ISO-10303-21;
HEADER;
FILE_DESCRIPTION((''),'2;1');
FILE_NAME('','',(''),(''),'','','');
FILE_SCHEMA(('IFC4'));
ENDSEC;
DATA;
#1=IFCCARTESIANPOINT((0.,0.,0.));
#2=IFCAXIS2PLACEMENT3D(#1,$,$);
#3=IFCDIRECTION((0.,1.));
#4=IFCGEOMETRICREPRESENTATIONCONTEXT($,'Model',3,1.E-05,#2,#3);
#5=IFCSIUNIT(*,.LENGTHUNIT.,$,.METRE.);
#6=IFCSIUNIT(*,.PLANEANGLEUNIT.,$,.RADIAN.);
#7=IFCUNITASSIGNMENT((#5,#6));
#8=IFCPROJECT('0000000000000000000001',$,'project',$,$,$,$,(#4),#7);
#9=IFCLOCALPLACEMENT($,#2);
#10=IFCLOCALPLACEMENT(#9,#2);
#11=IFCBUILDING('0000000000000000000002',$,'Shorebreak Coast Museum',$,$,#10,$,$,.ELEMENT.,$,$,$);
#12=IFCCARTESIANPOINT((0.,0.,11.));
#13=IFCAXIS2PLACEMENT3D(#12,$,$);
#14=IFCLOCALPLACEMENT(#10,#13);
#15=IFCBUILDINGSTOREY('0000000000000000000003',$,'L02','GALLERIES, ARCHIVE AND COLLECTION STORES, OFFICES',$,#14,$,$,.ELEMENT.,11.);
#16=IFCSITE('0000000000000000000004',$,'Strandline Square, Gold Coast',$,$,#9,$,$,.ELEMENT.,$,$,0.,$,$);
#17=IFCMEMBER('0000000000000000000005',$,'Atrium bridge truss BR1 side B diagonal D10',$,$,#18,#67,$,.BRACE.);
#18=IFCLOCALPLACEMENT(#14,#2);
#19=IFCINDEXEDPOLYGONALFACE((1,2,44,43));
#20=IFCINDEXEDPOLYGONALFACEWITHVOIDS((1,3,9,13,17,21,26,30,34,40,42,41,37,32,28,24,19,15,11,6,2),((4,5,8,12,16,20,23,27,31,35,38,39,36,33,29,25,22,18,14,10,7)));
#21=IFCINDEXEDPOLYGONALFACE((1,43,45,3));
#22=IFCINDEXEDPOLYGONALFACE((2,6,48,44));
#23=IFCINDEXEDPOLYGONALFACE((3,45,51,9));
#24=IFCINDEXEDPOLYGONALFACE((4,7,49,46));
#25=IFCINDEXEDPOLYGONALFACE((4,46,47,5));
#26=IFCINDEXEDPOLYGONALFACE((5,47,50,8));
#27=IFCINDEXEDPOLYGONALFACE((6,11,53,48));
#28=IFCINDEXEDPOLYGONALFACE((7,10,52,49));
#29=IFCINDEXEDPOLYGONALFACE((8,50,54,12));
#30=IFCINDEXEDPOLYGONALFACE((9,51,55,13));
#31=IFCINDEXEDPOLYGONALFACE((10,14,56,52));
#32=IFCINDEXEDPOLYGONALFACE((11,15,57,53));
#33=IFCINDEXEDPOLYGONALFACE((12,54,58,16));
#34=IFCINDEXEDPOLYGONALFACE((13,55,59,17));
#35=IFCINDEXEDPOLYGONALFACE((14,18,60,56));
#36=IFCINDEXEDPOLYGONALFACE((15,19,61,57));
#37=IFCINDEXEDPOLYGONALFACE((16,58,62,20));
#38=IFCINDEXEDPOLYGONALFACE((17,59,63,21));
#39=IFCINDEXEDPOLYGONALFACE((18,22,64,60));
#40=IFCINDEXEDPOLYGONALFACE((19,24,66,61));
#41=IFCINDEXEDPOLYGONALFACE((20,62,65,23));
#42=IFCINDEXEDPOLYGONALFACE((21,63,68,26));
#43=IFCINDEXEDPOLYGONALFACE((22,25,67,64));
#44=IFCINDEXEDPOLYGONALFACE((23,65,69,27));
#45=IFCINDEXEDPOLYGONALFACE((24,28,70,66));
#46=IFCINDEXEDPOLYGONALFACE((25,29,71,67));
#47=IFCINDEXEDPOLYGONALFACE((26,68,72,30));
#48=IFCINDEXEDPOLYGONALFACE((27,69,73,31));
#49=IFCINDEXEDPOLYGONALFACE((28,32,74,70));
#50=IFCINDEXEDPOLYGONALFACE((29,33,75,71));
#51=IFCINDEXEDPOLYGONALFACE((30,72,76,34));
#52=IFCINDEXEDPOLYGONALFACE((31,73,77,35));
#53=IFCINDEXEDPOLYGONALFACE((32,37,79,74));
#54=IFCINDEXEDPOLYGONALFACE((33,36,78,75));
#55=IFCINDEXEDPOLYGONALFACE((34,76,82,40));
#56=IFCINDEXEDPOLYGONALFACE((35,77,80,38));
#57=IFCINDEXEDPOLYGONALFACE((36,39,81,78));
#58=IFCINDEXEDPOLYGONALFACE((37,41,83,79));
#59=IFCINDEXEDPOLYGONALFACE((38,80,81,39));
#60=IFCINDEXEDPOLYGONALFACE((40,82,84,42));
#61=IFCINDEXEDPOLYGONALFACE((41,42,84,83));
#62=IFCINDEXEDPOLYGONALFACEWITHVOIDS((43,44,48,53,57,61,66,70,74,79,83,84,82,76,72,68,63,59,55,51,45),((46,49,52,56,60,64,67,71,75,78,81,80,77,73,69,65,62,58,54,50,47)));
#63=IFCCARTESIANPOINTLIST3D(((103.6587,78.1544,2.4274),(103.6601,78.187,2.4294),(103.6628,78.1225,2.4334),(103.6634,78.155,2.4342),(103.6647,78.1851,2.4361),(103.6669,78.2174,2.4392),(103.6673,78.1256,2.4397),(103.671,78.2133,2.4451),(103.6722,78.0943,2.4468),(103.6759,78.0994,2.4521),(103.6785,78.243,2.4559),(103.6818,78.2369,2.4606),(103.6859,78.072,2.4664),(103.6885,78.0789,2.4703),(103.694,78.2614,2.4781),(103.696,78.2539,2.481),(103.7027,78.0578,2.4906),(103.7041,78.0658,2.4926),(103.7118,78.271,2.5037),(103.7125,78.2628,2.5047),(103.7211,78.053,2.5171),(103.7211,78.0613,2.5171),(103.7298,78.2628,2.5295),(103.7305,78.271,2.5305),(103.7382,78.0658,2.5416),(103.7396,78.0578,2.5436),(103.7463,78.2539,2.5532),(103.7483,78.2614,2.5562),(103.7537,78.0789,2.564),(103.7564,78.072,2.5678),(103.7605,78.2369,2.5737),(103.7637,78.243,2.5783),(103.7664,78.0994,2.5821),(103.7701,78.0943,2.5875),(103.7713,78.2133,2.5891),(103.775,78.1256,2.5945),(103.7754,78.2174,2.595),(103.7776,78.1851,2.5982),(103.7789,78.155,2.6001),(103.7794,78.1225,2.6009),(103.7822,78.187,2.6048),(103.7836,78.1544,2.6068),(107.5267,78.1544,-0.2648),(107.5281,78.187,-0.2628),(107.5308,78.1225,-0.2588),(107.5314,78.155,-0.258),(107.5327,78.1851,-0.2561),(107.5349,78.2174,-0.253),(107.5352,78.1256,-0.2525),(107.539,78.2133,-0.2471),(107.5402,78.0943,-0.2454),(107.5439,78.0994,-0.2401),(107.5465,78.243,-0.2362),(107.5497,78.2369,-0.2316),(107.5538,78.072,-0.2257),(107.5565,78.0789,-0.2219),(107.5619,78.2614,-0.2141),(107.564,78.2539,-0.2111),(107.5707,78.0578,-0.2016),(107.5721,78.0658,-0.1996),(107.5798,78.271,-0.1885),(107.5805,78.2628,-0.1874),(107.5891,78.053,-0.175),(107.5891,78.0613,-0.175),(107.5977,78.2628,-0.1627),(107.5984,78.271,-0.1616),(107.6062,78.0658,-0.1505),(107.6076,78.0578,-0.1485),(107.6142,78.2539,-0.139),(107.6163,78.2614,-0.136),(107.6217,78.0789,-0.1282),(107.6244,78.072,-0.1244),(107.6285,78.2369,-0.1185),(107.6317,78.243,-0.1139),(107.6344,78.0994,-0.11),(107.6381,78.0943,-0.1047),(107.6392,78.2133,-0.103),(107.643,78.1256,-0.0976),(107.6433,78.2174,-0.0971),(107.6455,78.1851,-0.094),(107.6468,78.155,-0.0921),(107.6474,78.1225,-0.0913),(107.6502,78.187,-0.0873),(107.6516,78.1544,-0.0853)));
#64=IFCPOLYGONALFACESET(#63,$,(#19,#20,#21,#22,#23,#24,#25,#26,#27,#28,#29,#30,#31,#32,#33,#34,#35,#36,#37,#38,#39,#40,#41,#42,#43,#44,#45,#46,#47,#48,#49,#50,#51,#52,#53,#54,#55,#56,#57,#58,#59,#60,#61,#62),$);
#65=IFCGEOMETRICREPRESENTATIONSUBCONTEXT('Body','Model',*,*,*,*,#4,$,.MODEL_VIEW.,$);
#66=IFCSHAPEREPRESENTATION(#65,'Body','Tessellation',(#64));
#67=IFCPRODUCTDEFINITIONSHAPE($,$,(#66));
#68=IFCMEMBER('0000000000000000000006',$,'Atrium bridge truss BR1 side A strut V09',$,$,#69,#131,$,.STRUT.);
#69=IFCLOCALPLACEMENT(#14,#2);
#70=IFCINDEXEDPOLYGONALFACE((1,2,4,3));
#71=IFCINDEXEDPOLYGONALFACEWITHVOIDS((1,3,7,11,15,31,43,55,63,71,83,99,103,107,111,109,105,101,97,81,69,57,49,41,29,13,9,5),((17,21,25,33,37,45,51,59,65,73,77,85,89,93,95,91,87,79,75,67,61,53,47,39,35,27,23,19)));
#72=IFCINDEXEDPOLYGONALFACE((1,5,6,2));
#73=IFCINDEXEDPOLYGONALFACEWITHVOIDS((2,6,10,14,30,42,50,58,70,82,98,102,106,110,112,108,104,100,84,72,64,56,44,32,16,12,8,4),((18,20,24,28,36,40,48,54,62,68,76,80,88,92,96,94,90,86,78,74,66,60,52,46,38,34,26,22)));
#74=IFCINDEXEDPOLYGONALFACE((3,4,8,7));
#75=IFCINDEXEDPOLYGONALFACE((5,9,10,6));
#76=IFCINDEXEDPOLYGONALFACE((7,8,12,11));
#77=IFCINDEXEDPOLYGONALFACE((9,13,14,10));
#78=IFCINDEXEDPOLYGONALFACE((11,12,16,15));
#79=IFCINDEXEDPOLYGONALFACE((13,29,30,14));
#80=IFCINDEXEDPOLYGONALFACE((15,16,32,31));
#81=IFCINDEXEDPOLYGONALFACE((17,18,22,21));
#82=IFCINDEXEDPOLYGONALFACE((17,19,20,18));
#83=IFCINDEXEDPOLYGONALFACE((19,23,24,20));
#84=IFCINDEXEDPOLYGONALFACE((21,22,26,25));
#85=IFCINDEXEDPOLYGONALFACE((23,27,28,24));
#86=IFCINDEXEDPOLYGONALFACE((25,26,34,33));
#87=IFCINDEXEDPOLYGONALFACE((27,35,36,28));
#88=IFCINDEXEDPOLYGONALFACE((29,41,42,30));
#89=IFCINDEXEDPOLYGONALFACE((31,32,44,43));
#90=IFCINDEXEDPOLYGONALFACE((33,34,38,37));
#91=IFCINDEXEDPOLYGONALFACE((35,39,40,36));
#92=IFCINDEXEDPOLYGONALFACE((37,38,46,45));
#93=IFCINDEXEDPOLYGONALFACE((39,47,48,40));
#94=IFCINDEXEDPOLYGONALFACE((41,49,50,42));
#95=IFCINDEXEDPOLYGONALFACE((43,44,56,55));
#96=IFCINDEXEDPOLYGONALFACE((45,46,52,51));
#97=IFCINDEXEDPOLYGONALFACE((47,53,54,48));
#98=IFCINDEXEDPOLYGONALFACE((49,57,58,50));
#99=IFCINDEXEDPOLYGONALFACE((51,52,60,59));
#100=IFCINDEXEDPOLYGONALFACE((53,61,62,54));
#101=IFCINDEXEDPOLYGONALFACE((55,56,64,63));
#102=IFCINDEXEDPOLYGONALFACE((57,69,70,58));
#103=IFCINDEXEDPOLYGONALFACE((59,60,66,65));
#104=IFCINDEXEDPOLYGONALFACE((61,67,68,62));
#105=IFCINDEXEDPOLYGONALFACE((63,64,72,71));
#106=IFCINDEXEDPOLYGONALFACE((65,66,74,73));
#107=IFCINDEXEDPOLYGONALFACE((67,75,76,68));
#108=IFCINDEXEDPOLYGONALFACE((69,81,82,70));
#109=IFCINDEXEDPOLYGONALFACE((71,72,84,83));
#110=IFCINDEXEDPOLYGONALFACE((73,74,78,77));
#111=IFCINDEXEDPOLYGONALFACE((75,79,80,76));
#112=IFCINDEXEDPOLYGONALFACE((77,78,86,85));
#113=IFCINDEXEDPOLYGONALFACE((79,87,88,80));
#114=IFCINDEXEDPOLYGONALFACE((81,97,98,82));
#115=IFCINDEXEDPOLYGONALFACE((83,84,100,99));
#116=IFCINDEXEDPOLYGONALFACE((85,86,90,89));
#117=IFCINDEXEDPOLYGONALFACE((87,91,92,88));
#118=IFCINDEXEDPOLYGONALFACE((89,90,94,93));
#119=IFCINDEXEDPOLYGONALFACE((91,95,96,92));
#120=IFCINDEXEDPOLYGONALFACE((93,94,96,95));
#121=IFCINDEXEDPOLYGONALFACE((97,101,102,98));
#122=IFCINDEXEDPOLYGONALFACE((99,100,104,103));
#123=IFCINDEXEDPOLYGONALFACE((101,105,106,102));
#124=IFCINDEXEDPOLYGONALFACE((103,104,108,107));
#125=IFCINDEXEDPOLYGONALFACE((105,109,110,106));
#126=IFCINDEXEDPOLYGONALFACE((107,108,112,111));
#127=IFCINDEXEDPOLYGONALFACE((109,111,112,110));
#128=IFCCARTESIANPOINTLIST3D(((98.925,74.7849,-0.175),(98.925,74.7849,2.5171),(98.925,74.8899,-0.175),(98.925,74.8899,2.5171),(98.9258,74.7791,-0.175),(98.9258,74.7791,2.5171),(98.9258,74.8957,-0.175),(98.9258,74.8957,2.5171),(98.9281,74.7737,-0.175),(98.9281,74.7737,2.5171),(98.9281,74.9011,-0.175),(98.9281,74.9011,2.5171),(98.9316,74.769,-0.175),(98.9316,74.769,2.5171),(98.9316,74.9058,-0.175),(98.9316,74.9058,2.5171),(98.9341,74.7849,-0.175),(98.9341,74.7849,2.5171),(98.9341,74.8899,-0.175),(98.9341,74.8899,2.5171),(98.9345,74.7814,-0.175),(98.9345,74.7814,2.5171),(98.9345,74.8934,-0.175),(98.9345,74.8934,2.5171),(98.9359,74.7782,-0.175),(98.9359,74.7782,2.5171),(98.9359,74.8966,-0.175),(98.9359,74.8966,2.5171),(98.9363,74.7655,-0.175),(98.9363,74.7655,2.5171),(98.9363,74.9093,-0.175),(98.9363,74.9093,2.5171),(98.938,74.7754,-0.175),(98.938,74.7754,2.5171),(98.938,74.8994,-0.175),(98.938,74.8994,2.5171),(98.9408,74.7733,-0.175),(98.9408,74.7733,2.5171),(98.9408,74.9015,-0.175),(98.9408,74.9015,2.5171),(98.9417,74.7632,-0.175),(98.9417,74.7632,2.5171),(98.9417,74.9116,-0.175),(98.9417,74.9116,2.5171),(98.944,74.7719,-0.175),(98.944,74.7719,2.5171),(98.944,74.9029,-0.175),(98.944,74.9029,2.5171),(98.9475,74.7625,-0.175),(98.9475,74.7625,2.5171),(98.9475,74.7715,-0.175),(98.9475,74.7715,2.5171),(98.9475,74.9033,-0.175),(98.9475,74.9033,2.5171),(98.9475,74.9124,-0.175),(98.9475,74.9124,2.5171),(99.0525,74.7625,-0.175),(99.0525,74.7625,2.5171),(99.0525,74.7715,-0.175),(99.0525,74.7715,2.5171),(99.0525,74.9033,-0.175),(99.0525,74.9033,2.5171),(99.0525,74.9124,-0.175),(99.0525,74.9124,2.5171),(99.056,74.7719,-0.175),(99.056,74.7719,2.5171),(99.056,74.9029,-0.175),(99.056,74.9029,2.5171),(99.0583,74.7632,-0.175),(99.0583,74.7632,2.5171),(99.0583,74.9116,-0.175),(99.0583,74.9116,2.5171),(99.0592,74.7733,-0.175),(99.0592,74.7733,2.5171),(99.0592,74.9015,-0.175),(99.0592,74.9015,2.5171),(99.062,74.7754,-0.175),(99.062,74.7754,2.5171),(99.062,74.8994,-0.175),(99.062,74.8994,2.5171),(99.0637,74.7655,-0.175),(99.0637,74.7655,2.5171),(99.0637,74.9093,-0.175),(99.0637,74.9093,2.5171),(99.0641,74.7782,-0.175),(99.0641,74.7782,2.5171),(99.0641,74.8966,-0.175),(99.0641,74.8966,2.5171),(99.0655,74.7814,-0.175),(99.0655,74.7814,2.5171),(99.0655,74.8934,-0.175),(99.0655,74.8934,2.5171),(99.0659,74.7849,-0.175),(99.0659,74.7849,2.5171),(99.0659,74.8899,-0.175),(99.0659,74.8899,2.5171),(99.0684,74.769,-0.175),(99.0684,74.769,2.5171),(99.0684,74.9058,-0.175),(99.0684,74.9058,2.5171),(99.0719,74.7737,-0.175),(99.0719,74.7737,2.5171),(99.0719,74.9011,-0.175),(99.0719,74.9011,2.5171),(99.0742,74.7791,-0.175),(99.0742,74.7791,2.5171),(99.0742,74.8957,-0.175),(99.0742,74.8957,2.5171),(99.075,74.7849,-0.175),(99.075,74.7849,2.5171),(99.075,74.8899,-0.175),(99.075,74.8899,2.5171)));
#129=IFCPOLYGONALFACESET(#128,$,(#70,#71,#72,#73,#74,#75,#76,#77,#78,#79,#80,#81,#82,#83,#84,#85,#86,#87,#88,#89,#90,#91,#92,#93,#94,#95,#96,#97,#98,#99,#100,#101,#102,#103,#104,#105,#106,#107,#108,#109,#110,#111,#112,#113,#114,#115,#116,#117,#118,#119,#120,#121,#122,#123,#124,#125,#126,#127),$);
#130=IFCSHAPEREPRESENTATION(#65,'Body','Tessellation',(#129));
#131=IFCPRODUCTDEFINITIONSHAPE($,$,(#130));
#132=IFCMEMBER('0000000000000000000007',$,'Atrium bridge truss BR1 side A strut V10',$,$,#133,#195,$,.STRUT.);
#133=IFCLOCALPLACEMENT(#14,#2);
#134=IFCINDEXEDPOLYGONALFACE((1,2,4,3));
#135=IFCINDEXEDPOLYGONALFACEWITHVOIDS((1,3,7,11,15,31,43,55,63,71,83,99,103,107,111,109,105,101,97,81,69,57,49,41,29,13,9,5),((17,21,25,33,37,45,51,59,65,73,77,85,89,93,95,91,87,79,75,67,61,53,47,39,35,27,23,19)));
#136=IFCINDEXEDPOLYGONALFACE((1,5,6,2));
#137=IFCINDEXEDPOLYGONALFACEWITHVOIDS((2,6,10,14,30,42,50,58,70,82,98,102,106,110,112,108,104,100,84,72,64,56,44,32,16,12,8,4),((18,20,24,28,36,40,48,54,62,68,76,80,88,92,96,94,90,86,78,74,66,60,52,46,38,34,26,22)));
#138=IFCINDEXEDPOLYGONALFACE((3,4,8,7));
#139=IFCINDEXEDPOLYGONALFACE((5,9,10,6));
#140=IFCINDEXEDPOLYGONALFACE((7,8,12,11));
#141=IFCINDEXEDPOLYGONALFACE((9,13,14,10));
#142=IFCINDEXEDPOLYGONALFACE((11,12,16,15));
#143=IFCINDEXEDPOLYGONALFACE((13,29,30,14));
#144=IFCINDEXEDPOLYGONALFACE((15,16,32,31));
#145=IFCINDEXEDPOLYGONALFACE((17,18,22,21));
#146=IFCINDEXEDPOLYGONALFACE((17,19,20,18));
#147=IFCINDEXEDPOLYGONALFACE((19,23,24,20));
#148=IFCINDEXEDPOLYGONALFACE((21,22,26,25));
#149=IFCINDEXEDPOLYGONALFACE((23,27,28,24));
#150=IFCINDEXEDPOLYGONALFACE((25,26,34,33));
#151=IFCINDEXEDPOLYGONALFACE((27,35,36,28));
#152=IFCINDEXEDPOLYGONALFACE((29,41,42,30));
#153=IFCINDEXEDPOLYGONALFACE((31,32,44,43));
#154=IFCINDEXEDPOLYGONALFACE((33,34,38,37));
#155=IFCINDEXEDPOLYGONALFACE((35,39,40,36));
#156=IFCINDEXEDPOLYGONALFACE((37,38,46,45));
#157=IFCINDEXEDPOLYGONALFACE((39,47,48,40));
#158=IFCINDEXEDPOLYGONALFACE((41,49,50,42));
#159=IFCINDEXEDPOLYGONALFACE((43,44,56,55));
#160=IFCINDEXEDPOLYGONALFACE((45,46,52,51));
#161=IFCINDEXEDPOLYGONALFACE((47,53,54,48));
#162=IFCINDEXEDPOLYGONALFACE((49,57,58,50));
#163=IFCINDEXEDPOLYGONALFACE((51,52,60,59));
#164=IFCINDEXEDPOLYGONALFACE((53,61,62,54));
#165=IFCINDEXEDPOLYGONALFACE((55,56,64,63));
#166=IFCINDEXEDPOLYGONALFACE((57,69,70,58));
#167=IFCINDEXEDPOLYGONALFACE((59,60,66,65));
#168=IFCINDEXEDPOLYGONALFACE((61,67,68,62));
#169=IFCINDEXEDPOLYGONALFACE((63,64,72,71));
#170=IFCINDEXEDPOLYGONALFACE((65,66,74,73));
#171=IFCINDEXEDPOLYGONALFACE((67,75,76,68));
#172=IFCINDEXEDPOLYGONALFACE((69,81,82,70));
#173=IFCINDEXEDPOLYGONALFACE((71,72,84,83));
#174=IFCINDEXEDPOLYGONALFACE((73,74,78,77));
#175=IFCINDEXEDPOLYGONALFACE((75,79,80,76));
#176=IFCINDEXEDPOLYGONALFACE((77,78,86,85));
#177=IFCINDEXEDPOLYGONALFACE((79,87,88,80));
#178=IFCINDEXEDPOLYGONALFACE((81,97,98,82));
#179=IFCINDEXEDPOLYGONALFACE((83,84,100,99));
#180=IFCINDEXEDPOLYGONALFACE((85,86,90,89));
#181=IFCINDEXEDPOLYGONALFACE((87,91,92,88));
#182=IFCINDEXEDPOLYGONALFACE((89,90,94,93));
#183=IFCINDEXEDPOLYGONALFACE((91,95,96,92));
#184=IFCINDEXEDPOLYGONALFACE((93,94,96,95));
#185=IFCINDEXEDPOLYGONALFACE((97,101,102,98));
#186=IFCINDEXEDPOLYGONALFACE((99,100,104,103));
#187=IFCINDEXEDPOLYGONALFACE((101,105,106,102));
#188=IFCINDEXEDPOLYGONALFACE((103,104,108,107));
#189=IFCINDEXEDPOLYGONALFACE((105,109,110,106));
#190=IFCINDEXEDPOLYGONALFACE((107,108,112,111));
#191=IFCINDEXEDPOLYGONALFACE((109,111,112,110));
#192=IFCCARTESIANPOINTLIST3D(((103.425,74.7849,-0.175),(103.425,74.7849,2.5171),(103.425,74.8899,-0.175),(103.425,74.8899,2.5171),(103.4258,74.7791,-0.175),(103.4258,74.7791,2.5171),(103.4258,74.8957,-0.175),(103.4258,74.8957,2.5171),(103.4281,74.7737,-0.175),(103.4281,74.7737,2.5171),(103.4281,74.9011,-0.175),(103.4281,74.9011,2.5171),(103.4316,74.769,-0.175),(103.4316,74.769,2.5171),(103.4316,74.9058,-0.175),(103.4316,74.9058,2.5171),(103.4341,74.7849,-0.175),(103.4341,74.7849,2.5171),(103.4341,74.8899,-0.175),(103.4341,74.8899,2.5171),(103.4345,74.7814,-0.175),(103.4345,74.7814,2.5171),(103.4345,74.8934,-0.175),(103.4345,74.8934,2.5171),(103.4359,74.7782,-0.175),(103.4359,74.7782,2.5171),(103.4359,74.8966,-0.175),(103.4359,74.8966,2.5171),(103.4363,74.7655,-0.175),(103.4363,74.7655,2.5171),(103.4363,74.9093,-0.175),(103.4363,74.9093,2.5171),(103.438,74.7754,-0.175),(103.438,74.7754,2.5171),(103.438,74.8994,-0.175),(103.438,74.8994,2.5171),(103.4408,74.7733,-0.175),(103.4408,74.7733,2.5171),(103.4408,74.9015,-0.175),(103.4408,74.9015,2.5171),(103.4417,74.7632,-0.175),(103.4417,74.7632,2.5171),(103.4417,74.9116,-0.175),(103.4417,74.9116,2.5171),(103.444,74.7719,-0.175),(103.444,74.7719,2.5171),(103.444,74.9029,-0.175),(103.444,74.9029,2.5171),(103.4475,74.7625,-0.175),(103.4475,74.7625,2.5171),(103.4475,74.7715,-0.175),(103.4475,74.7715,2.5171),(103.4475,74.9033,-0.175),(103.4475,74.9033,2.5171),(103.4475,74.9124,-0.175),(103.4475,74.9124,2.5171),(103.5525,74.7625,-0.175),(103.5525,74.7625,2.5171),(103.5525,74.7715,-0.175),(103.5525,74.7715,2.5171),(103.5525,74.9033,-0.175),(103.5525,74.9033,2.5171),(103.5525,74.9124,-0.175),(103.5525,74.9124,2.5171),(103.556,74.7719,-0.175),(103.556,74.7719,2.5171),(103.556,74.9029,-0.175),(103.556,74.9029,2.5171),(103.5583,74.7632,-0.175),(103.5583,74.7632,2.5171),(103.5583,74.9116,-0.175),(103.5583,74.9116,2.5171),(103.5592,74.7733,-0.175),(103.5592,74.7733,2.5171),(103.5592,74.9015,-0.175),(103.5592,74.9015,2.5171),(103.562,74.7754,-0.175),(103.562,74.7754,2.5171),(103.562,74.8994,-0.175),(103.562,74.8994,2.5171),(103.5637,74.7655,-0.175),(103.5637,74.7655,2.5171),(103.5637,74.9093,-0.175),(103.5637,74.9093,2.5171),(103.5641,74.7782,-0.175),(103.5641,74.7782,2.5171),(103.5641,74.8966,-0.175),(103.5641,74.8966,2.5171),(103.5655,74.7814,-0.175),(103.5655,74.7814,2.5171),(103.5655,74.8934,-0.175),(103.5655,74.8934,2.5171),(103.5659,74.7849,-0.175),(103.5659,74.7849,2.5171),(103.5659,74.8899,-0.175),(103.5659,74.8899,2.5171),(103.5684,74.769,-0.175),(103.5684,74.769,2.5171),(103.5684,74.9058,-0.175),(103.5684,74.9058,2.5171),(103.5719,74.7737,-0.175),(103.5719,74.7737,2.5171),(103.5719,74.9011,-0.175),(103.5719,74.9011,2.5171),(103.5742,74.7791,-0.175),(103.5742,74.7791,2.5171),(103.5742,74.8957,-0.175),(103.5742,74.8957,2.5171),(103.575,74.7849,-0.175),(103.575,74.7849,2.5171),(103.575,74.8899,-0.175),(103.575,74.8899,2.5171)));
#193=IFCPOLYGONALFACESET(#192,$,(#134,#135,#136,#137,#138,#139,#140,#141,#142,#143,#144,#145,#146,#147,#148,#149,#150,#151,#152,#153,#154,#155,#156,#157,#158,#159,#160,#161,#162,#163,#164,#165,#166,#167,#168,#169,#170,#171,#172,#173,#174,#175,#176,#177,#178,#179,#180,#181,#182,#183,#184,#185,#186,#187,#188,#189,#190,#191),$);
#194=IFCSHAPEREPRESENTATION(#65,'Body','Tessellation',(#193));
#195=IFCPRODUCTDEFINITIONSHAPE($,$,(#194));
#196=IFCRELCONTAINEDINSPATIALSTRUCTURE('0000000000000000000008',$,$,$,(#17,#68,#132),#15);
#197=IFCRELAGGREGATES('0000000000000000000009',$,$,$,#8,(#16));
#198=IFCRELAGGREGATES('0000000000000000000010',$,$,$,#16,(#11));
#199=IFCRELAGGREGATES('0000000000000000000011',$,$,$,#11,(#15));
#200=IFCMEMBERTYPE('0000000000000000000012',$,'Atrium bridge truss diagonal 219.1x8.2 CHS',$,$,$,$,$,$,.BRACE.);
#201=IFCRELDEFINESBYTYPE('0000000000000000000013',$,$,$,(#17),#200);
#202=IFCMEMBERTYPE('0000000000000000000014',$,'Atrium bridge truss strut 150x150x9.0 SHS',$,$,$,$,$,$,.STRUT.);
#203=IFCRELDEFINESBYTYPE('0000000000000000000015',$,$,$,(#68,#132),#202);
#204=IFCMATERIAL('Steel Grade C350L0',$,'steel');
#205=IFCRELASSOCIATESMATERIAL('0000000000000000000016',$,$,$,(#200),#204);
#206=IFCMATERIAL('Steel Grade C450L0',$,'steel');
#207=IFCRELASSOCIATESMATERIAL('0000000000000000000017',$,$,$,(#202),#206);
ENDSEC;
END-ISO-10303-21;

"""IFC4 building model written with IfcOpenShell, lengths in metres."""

from ifc_helpers import new_model, si_unit, direction, frame, origin, origin_2d, place, context, subcontext, project, spatial, hollow_rectangle, hollow_circle, extrude, material, material_profile, profile_set, type_object, element, save


model = new_model("IFC4")

# Units and contexts
model_context = context("Model", 3, precision=1e-05, world=origin(), true_north=direction((0.0, 1.0)))
body_context = subcontext(model_context, "Body", "Model", "MODEL_VIEW")
ifc_project = project(units=[si_unit("LENGTHUNIT", "METRE"), si_unit("PLANEANGLEUNIT", "RADIAN")], contexts=[model_context])

# Site, building, storey
site_placement = place(None, origin())
site = spatial("IfcSite", under=ifc_project, at=site_placement, Name="Strandline Square, Gold Coast", CompositionType="ELEMENT", RefElevation=0.0)
building_placement = place(site_placement, origin())
building = spatial("IfcBuilding", under=site, at=building_placement, Name="Shorebreak Coast Museum", CompositionType="ELEMENT")
storey_placement = place(building_placement, frame((0.0, 0.0, 11.0)))
storey = spatial("IfcBuildingStorey", under=building, at=storey_placement, Name="L02", Description="GALLERIES, ARCHIVE AND COLLECTION STORES, OFFICES", CompositionType="ELEMENT", Elevation=11.0)

# Members
ifc_material_1 = material(Name="Steel Grade C350L0", Category="steel")
ifc_material_profile_1 = material_profile(ifc_material_1, hollow_circle(Radius=0.1096, WallThickness=0.0083, at=origin_2d()), Name="219.1x8.2 CHS")
ifc_profile_set_1 = profile_set([ifc_material_profile_1], Name="Steel Grade C350L0")
member_type_1 = type_object("IfcMemberType", Name="Atrium bridge truss diagonal 219.1x8.2 CHS", PredefinedType="BRACE", material=ifc_profile_set_1)
member_1_placement = place(storey_placement, frame((107.5891, 78.1626, -0.175), z_axis=(-0.820765, 0.0, 0.571266), x_axis=(0.0, -1.0, 0.0)))
element("IfcMember", 1, at=member_1_placement, inside=storey, type_object=member_type_1, Name="Atrium bridge truss BR1 side B diagonal D10", PredefinedType="BRACE", context=body_context, shape_type="SweptSolid", body=[
    extrude(hollow_circle(Radius=0.1096, WallThickness=0.0083, at=origin_2d()), origin(), (0.0, 0.0, 1.0), 4.7126),
])
ifc_material_2 = material(Name="Steel Grade C450L0", Category="steel")
ifc_material_profile_2 = material_profile(ifc_material_2, hollow_rectangle(XDim=0.1499, YDim=0.1499, WallThickness=0.009, InnerFilletRadius=0.0134, OuterFilletRadius=0.0225, at=origin_2d()), Name="150x150x9.0 SHS")
ifc_profile_set_2 = profile_set([ifc_material_profile_2], Name="Steel Grade C450L0")
member_type_2 = type_object("IfcMemberType", Name="Atrium bridge truss strut 150x150x9.0 SHS", PredefinedType="STRUT", material=ifc_profile_set_2)
for number, where, z_axis, x_axis, name in (
    (2, (99.0, 74.8374, -0.175), (0.0, 0.0, 1.0), (1.0, 0.0, 0.0), "Atrium bridge truss BR1 side A strut V09"),
    (3, (103.5, 74.8374, -0.175), (0.0, 0.0, 1.0), (1.0, 0.0, 0.0), "Atrium bridge truss BR1 side A strut V10"),
):
    element("IfcMember", number, at=place(storey_placement, frame(where, z_axis=z_axis, x_axis=x_axis)), inside=storey, type_object=member_type_2, Name=name, PredefinedType="STRUT", context=body_context, shape_type="SweptSolid", body=[
        extrude(hollow_rectangle(XDim=0.1499, YDim=0.1499, WallThickness=0.009, InnerFilletRadius=0.0134, OuterFilletRadius=0.0225, at=origin_2d()), origin(), (0.0, 0.0, 1.0), 2.6921),
    ])

save(model, "model.ifc")
